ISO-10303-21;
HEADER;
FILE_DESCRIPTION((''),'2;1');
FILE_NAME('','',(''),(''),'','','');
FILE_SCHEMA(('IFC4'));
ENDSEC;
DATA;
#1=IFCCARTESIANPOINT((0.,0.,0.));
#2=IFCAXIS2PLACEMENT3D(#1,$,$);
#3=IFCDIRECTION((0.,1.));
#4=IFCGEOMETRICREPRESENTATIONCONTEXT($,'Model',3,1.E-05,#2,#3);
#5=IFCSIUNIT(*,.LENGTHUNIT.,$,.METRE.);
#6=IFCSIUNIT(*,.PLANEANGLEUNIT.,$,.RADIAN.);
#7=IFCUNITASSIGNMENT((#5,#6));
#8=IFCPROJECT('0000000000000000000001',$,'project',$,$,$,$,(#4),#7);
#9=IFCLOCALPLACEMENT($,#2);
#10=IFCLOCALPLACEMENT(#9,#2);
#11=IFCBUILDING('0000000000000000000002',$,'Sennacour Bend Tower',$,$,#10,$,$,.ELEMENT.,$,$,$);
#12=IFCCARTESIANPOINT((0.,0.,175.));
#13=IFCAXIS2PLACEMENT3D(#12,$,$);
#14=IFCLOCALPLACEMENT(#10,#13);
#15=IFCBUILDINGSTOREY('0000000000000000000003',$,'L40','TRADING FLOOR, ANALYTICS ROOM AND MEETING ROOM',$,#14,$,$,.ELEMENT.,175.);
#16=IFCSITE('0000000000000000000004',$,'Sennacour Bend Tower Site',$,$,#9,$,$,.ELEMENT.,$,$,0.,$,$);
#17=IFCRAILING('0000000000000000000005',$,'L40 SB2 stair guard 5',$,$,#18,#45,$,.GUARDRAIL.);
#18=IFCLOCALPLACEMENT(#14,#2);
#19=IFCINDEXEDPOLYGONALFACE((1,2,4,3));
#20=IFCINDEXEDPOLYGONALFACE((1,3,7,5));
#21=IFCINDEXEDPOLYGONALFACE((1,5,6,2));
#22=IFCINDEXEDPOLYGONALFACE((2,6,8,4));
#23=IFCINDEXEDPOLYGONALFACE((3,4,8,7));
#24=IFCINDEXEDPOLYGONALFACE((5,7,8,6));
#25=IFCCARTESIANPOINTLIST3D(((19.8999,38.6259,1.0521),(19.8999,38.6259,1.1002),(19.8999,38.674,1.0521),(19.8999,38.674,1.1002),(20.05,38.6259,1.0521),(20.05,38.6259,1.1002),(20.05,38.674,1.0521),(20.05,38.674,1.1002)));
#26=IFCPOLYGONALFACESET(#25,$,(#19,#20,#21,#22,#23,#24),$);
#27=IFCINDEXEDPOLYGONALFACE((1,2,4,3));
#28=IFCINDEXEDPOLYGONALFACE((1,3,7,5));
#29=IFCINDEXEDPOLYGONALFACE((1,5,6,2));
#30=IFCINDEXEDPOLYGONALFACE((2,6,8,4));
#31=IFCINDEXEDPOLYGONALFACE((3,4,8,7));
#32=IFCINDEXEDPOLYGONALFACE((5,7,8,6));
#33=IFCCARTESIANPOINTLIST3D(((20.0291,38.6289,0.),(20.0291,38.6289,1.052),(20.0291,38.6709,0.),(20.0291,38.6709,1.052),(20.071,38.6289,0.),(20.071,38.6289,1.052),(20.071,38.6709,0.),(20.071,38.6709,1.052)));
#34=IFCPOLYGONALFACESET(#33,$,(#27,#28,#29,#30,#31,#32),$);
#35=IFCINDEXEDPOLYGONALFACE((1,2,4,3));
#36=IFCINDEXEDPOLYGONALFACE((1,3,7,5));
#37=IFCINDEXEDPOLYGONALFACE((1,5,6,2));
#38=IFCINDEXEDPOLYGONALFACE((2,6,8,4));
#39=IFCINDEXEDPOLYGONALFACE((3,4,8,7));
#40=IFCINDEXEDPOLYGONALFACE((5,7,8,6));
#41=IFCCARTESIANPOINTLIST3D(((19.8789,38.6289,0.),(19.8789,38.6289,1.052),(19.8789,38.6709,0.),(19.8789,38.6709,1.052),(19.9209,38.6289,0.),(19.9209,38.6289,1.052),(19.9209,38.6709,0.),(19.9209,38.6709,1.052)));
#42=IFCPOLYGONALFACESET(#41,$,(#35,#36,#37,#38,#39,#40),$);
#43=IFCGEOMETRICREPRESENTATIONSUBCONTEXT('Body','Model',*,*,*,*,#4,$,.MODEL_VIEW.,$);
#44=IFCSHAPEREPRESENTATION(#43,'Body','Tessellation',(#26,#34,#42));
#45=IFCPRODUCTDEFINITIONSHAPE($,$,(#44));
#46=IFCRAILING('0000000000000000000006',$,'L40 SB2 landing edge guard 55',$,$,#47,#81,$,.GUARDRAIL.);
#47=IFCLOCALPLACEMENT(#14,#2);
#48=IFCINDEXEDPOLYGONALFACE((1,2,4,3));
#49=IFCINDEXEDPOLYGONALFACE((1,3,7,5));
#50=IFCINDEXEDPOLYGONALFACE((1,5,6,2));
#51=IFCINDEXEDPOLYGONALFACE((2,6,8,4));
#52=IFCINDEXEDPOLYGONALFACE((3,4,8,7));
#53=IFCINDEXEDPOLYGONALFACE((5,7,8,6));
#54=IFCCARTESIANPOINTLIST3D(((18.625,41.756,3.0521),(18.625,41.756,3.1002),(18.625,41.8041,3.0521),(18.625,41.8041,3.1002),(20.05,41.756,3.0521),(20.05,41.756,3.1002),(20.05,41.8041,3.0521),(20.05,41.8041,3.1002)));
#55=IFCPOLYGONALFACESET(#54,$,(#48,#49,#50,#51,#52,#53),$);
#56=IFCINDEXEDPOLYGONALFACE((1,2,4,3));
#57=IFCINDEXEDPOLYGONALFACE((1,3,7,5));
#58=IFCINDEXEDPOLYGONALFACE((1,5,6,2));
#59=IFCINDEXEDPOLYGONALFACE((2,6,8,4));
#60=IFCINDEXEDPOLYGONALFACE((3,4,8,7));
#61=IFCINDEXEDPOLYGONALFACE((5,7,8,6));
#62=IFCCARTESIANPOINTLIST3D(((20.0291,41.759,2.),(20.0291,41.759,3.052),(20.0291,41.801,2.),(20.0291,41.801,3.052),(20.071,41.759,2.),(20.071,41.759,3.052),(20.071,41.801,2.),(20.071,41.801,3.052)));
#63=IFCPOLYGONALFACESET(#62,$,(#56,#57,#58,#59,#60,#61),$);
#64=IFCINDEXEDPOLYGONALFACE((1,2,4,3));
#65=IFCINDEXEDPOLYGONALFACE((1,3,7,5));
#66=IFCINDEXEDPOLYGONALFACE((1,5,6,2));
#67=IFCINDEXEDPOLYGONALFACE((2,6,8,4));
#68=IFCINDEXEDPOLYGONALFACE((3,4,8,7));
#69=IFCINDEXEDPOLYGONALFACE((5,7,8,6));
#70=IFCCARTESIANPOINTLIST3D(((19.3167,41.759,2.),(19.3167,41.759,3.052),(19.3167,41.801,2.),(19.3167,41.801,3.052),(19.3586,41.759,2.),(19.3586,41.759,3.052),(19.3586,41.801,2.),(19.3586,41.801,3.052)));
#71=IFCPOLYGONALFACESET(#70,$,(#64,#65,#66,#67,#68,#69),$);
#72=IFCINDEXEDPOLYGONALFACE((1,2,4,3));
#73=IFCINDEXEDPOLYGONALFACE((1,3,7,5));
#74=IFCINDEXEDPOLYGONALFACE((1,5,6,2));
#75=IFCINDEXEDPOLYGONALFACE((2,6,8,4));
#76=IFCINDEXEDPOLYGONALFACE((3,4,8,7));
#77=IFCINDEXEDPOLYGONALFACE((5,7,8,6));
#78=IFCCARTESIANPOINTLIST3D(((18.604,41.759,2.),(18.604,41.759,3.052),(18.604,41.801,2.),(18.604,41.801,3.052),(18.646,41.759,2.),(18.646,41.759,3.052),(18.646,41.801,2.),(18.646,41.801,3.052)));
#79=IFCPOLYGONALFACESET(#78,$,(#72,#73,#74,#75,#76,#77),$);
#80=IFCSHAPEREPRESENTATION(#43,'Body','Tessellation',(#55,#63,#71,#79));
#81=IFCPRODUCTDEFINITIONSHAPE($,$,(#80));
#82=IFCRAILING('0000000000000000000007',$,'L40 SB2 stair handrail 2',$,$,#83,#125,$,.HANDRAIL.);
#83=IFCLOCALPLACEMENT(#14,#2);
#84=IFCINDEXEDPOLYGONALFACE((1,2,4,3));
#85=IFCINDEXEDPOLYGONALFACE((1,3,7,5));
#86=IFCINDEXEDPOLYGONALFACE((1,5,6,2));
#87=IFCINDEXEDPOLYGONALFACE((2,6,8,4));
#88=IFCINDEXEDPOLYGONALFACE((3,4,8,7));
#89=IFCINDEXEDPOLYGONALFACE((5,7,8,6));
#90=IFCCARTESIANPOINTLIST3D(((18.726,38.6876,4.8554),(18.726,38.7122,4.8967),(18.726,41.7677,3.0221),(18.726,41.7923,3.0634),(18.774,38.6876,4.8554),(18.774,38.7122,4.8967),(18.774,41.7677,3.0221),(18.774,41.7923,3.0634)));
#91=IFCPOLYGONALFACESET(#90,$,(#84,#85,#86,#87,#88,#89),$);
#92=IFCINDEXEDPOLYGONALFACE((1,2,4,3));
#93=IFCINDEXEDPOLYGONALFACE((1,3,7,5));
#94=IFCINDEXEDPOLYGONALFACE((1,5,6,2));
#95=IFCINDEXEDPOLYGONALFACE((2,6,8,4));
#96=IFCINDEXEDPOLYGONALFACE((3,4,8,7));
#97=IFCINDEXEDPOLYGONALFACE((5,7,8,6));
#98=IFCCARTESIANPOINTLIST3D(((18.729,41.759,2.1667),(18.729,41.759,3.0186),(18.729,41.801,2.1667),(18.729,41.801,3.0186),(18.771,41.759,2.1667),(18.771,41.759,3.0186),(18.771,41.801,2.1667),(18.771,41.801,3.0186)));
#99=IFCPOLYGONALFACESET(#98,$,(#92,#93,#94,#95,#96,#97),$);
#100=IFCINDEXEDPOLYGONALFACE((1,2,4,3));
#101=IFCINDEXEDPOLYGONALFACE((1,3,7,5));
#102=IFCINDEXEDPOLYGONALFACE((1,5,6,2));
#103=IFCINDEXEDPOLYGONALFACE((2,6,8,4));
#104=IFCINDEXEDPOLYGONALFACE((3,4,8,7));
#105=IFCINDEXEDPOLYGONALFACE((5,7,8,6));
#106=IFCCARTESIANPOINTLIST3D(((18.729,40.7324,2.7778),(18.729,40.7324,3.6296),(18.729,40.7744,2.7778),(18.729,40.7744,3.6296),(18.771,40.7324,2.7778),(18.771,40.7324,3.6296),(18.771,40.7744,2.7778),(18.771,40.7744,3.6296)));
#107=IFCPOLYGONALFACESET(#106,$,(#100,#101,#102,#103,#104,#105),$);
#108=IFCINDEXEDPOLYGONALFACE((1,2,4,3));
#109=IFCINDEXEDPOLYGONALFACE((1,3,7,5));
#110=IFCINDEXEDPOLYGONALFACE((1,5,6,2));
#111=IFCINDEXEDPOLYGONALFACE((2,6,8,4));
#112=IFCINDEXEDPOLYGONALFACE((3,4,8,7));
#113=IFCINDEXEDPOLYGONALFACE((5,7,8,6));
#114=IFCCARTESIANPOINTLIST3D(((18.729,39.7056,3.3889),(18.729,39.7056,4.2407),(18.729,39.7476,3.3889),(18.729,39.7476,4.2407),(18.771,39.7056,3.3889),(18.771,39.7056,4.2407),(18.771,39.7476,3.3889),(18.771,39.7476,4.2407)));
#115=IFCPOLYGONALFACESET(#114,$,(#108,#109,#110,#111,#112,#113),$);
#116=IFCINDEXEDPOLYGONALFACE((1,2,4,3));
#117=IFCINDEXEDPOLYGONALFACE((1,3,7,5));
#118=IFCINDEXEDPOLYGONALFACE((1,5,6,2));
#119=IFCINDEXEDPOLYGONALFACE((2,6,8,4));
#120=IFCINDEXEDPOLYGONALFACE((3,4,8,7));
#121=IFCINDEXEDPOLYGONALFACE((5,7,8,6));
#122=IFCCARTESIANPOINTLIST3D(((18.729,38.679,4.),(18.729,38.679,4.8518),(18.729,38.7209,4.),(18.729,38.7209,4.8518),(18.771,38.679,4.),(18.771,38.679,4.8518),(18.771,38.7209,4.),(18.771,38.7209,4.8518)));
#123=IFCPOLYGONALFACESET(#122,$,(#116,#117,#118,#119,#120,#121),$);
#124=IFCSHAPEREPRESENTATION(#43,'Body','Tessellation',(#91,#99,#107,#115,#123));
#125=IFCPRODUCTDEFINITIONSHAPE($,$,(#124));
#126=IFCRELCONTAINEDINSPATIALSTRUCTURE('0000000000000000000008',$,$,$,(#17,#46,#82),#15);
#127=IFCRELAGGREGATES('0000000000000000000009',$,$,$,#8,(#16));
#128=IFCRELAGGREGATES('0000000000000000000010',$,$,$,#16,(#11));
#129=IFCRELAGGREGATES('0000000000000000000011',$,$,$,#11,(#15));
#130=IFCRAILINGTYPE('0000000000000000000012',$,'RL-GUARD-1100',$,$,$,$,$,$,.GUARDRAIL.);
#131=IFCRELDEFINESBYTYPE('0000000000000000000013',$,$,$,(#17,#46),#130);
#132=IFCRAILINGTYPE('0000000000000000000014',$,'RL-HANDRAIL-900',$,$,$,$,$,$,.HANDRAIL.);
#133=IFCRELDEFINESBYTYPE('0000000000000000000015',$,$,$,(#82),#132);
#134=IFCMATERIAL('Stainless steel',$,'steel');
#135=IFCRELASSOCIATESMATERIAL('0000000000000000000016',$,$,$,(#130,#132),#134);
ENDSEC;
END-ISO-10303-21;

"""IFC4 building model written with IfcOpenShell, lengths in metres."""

from ifc_helpers import new_model, si_unit, direction, frame, origin, origin_2d, place, context, subcontext, project, spatial, rectangle, extrude, material, type_object, element, save


model = new_model("IFC4")

# Units and contexts
model_context = context("Model", 3, precision=1e-05, world=origin(), true_north=direction((0.0, 1.0)))
body_context = subcontext(model_context, "Body", "Model", "MODEL_VIEW")
ifc_project = project(units=[si_unit("LENGTHUNIT", "METRE"), si_unit("PLANEANGLEUNIT", "RADIAN")], contexts=[model_context])

# Site, building, storey
site_placement = place(None, origin())
site = spatial("IfcSite", under=ifc_project, at=site_placement, Name="Sennacour Bend Tower Site", CompositionType="ELEMENT", RefElevation=0.0)
building_placement = place(site_placement, origin())
building = spatial("IfcBuilding", under=site, at=building_placement, Name="Sennacour Bend Tower", CompositionType="ELEMENT")
storey_placement = place(building_placement, frame((0.0, 0.0, 175.0)))
storey = spatial("IfcBuildingStorey", under=building, at=storey_placement, Name="L40", Description="TRADING FLOOR, ANALYTICS ROOM AND MEETING ROOM", CompositionType="ELEMENT", Elevation=175.0)

# Shared definitions
ifc_material_1 = material(Name="Stainless steel", Category="steel")

# Railings
railing_type_1 = type_object("IfcRailingType", Name="RL-GUARD-1100", PredefinedType="GUARDRAIL", material=ifc_material_1)
railing_1_placement = place(storey_placement, frame((20.05, 38.6499, 0.0)))
element("IfcRailing", 1, at=railing_1_placement, inside=storey, type_object=railing_type_1, Name="L40 SB2 stair guard 5", PredefinedType="GUARDRAIL", context=body_context, shape_type="SweptSolid", body=[
    extrude(rectangle(XDim=0.0481, YDim=0.0481, at=origin_2d()), frame((0.0, 0.0, 1.0762), z_axis=(-1.0, 0.0, 0.0), x_axis=(0.0, -1.0, 0.0)), (0.0, 0.0, 1.0), 0.1501),
    extrude(rectangle(XDim=0.042, YDim=0.042, at=origin_2d()), origin(), (0.0, 0.0, 1.0), 1.052),
    extrude(rectangle(XDim=0.042, YDim=0.042, at=origin_2d()), frame((-0.1501, 0.0, 0.0)), (0.0, 0.0, 1.0), 1.052),
])
railing_2_placement = place(storey_placement, frame((20.05, 41.78, 2.0)))
element("IfcRailing", 2, at=railing_2_placement, inside=storey, type_object=railing_type_1, Name="L40 SB2 landing edge guard 55", PredefinedType="GUARDRAIL", context=body_context, shape_type="SweptSolid", body=[
    extrude(rectangle(XDim=0.0481, YDim=0.0481, at=origin_2d()), frame((0.0, 0.0, 1.0762), z_axis=(-1.0, 0.0, 0.0), x_axis=(0.0, -1.0, 0.0)), (0.0, 0.0, 1.0), 1.425),
    extrude(rectangle(XDim=0.042, YDim=0.042, at=origin_2d()), origin(), (0.0, 0.0, 1.0), 1.052),
    extrude(rectangle(XDim=0.042, YDim=0.042, at=origin_2d()), frame((-0.7124, 0.0, 0.0)), (0.0, 0.0, 1.0), 1.052),
    extrude(rectangle(XDim=0.042, YDim=0.042, at=origin_2d()), frame((-1.425, 0.0, 0.0)), (0.0, 0.0, 1.0), 1.052),
])
railing_type_2 = type_object("IfcRailingType", Name="RL-HANDRAIL-900", PredefinedType="HANDRAIL", material=ifc_material_1)
railing_3_placement = place(storey_placement, frame((18.75, 41.78, 2.1667)))
element("IfcRailing", 3, at=railing_3_placement, inside=storey, type_object=railing_type_2, Name="L40 SB2 stair handrail 2", PredefinedType="HANDRAIL", context=body_context, shape_type="SweptSolid", body=[
    extrude(rectangle(XDim=0.0481, YDim=0.0481, at=origin_2d()), frame((0.0, 0.0, 0.876), z_axis=(0.0, -0.859309, 0.511458), x_axis=(1.0, 0.0, 0.0)), (0.0, 0.0, 1.0), 3.5845),
    extrude(rectangle(XDim=0.042, YDim=0.042, at=origin_2d()), origin(), (0.0, 0.0, 1.0), 0.8518),
    extrude(rectangle(XDim=0.042, YDim=0.042, at=origin_2d()), frame((0.0, -1.0266, 0.6111)), (0.0, 0.0, 1.0), 0.8518),
    extrude(rectangle(XDim=0.042, YDim=0.042, at=origin_2d()), frame((0.0, -2.0535, 1.2222)), (0.0, 0.0, 1.0), 0.8518),
    extrude(rectangle(XDim=0.042, YDim=0.042, at=origin_2d()), frame((0.0, -3.0801, 1.8333)), (0.0, 0.0, 1.0), 0.8518),
])

save(model, "model.ifc")
